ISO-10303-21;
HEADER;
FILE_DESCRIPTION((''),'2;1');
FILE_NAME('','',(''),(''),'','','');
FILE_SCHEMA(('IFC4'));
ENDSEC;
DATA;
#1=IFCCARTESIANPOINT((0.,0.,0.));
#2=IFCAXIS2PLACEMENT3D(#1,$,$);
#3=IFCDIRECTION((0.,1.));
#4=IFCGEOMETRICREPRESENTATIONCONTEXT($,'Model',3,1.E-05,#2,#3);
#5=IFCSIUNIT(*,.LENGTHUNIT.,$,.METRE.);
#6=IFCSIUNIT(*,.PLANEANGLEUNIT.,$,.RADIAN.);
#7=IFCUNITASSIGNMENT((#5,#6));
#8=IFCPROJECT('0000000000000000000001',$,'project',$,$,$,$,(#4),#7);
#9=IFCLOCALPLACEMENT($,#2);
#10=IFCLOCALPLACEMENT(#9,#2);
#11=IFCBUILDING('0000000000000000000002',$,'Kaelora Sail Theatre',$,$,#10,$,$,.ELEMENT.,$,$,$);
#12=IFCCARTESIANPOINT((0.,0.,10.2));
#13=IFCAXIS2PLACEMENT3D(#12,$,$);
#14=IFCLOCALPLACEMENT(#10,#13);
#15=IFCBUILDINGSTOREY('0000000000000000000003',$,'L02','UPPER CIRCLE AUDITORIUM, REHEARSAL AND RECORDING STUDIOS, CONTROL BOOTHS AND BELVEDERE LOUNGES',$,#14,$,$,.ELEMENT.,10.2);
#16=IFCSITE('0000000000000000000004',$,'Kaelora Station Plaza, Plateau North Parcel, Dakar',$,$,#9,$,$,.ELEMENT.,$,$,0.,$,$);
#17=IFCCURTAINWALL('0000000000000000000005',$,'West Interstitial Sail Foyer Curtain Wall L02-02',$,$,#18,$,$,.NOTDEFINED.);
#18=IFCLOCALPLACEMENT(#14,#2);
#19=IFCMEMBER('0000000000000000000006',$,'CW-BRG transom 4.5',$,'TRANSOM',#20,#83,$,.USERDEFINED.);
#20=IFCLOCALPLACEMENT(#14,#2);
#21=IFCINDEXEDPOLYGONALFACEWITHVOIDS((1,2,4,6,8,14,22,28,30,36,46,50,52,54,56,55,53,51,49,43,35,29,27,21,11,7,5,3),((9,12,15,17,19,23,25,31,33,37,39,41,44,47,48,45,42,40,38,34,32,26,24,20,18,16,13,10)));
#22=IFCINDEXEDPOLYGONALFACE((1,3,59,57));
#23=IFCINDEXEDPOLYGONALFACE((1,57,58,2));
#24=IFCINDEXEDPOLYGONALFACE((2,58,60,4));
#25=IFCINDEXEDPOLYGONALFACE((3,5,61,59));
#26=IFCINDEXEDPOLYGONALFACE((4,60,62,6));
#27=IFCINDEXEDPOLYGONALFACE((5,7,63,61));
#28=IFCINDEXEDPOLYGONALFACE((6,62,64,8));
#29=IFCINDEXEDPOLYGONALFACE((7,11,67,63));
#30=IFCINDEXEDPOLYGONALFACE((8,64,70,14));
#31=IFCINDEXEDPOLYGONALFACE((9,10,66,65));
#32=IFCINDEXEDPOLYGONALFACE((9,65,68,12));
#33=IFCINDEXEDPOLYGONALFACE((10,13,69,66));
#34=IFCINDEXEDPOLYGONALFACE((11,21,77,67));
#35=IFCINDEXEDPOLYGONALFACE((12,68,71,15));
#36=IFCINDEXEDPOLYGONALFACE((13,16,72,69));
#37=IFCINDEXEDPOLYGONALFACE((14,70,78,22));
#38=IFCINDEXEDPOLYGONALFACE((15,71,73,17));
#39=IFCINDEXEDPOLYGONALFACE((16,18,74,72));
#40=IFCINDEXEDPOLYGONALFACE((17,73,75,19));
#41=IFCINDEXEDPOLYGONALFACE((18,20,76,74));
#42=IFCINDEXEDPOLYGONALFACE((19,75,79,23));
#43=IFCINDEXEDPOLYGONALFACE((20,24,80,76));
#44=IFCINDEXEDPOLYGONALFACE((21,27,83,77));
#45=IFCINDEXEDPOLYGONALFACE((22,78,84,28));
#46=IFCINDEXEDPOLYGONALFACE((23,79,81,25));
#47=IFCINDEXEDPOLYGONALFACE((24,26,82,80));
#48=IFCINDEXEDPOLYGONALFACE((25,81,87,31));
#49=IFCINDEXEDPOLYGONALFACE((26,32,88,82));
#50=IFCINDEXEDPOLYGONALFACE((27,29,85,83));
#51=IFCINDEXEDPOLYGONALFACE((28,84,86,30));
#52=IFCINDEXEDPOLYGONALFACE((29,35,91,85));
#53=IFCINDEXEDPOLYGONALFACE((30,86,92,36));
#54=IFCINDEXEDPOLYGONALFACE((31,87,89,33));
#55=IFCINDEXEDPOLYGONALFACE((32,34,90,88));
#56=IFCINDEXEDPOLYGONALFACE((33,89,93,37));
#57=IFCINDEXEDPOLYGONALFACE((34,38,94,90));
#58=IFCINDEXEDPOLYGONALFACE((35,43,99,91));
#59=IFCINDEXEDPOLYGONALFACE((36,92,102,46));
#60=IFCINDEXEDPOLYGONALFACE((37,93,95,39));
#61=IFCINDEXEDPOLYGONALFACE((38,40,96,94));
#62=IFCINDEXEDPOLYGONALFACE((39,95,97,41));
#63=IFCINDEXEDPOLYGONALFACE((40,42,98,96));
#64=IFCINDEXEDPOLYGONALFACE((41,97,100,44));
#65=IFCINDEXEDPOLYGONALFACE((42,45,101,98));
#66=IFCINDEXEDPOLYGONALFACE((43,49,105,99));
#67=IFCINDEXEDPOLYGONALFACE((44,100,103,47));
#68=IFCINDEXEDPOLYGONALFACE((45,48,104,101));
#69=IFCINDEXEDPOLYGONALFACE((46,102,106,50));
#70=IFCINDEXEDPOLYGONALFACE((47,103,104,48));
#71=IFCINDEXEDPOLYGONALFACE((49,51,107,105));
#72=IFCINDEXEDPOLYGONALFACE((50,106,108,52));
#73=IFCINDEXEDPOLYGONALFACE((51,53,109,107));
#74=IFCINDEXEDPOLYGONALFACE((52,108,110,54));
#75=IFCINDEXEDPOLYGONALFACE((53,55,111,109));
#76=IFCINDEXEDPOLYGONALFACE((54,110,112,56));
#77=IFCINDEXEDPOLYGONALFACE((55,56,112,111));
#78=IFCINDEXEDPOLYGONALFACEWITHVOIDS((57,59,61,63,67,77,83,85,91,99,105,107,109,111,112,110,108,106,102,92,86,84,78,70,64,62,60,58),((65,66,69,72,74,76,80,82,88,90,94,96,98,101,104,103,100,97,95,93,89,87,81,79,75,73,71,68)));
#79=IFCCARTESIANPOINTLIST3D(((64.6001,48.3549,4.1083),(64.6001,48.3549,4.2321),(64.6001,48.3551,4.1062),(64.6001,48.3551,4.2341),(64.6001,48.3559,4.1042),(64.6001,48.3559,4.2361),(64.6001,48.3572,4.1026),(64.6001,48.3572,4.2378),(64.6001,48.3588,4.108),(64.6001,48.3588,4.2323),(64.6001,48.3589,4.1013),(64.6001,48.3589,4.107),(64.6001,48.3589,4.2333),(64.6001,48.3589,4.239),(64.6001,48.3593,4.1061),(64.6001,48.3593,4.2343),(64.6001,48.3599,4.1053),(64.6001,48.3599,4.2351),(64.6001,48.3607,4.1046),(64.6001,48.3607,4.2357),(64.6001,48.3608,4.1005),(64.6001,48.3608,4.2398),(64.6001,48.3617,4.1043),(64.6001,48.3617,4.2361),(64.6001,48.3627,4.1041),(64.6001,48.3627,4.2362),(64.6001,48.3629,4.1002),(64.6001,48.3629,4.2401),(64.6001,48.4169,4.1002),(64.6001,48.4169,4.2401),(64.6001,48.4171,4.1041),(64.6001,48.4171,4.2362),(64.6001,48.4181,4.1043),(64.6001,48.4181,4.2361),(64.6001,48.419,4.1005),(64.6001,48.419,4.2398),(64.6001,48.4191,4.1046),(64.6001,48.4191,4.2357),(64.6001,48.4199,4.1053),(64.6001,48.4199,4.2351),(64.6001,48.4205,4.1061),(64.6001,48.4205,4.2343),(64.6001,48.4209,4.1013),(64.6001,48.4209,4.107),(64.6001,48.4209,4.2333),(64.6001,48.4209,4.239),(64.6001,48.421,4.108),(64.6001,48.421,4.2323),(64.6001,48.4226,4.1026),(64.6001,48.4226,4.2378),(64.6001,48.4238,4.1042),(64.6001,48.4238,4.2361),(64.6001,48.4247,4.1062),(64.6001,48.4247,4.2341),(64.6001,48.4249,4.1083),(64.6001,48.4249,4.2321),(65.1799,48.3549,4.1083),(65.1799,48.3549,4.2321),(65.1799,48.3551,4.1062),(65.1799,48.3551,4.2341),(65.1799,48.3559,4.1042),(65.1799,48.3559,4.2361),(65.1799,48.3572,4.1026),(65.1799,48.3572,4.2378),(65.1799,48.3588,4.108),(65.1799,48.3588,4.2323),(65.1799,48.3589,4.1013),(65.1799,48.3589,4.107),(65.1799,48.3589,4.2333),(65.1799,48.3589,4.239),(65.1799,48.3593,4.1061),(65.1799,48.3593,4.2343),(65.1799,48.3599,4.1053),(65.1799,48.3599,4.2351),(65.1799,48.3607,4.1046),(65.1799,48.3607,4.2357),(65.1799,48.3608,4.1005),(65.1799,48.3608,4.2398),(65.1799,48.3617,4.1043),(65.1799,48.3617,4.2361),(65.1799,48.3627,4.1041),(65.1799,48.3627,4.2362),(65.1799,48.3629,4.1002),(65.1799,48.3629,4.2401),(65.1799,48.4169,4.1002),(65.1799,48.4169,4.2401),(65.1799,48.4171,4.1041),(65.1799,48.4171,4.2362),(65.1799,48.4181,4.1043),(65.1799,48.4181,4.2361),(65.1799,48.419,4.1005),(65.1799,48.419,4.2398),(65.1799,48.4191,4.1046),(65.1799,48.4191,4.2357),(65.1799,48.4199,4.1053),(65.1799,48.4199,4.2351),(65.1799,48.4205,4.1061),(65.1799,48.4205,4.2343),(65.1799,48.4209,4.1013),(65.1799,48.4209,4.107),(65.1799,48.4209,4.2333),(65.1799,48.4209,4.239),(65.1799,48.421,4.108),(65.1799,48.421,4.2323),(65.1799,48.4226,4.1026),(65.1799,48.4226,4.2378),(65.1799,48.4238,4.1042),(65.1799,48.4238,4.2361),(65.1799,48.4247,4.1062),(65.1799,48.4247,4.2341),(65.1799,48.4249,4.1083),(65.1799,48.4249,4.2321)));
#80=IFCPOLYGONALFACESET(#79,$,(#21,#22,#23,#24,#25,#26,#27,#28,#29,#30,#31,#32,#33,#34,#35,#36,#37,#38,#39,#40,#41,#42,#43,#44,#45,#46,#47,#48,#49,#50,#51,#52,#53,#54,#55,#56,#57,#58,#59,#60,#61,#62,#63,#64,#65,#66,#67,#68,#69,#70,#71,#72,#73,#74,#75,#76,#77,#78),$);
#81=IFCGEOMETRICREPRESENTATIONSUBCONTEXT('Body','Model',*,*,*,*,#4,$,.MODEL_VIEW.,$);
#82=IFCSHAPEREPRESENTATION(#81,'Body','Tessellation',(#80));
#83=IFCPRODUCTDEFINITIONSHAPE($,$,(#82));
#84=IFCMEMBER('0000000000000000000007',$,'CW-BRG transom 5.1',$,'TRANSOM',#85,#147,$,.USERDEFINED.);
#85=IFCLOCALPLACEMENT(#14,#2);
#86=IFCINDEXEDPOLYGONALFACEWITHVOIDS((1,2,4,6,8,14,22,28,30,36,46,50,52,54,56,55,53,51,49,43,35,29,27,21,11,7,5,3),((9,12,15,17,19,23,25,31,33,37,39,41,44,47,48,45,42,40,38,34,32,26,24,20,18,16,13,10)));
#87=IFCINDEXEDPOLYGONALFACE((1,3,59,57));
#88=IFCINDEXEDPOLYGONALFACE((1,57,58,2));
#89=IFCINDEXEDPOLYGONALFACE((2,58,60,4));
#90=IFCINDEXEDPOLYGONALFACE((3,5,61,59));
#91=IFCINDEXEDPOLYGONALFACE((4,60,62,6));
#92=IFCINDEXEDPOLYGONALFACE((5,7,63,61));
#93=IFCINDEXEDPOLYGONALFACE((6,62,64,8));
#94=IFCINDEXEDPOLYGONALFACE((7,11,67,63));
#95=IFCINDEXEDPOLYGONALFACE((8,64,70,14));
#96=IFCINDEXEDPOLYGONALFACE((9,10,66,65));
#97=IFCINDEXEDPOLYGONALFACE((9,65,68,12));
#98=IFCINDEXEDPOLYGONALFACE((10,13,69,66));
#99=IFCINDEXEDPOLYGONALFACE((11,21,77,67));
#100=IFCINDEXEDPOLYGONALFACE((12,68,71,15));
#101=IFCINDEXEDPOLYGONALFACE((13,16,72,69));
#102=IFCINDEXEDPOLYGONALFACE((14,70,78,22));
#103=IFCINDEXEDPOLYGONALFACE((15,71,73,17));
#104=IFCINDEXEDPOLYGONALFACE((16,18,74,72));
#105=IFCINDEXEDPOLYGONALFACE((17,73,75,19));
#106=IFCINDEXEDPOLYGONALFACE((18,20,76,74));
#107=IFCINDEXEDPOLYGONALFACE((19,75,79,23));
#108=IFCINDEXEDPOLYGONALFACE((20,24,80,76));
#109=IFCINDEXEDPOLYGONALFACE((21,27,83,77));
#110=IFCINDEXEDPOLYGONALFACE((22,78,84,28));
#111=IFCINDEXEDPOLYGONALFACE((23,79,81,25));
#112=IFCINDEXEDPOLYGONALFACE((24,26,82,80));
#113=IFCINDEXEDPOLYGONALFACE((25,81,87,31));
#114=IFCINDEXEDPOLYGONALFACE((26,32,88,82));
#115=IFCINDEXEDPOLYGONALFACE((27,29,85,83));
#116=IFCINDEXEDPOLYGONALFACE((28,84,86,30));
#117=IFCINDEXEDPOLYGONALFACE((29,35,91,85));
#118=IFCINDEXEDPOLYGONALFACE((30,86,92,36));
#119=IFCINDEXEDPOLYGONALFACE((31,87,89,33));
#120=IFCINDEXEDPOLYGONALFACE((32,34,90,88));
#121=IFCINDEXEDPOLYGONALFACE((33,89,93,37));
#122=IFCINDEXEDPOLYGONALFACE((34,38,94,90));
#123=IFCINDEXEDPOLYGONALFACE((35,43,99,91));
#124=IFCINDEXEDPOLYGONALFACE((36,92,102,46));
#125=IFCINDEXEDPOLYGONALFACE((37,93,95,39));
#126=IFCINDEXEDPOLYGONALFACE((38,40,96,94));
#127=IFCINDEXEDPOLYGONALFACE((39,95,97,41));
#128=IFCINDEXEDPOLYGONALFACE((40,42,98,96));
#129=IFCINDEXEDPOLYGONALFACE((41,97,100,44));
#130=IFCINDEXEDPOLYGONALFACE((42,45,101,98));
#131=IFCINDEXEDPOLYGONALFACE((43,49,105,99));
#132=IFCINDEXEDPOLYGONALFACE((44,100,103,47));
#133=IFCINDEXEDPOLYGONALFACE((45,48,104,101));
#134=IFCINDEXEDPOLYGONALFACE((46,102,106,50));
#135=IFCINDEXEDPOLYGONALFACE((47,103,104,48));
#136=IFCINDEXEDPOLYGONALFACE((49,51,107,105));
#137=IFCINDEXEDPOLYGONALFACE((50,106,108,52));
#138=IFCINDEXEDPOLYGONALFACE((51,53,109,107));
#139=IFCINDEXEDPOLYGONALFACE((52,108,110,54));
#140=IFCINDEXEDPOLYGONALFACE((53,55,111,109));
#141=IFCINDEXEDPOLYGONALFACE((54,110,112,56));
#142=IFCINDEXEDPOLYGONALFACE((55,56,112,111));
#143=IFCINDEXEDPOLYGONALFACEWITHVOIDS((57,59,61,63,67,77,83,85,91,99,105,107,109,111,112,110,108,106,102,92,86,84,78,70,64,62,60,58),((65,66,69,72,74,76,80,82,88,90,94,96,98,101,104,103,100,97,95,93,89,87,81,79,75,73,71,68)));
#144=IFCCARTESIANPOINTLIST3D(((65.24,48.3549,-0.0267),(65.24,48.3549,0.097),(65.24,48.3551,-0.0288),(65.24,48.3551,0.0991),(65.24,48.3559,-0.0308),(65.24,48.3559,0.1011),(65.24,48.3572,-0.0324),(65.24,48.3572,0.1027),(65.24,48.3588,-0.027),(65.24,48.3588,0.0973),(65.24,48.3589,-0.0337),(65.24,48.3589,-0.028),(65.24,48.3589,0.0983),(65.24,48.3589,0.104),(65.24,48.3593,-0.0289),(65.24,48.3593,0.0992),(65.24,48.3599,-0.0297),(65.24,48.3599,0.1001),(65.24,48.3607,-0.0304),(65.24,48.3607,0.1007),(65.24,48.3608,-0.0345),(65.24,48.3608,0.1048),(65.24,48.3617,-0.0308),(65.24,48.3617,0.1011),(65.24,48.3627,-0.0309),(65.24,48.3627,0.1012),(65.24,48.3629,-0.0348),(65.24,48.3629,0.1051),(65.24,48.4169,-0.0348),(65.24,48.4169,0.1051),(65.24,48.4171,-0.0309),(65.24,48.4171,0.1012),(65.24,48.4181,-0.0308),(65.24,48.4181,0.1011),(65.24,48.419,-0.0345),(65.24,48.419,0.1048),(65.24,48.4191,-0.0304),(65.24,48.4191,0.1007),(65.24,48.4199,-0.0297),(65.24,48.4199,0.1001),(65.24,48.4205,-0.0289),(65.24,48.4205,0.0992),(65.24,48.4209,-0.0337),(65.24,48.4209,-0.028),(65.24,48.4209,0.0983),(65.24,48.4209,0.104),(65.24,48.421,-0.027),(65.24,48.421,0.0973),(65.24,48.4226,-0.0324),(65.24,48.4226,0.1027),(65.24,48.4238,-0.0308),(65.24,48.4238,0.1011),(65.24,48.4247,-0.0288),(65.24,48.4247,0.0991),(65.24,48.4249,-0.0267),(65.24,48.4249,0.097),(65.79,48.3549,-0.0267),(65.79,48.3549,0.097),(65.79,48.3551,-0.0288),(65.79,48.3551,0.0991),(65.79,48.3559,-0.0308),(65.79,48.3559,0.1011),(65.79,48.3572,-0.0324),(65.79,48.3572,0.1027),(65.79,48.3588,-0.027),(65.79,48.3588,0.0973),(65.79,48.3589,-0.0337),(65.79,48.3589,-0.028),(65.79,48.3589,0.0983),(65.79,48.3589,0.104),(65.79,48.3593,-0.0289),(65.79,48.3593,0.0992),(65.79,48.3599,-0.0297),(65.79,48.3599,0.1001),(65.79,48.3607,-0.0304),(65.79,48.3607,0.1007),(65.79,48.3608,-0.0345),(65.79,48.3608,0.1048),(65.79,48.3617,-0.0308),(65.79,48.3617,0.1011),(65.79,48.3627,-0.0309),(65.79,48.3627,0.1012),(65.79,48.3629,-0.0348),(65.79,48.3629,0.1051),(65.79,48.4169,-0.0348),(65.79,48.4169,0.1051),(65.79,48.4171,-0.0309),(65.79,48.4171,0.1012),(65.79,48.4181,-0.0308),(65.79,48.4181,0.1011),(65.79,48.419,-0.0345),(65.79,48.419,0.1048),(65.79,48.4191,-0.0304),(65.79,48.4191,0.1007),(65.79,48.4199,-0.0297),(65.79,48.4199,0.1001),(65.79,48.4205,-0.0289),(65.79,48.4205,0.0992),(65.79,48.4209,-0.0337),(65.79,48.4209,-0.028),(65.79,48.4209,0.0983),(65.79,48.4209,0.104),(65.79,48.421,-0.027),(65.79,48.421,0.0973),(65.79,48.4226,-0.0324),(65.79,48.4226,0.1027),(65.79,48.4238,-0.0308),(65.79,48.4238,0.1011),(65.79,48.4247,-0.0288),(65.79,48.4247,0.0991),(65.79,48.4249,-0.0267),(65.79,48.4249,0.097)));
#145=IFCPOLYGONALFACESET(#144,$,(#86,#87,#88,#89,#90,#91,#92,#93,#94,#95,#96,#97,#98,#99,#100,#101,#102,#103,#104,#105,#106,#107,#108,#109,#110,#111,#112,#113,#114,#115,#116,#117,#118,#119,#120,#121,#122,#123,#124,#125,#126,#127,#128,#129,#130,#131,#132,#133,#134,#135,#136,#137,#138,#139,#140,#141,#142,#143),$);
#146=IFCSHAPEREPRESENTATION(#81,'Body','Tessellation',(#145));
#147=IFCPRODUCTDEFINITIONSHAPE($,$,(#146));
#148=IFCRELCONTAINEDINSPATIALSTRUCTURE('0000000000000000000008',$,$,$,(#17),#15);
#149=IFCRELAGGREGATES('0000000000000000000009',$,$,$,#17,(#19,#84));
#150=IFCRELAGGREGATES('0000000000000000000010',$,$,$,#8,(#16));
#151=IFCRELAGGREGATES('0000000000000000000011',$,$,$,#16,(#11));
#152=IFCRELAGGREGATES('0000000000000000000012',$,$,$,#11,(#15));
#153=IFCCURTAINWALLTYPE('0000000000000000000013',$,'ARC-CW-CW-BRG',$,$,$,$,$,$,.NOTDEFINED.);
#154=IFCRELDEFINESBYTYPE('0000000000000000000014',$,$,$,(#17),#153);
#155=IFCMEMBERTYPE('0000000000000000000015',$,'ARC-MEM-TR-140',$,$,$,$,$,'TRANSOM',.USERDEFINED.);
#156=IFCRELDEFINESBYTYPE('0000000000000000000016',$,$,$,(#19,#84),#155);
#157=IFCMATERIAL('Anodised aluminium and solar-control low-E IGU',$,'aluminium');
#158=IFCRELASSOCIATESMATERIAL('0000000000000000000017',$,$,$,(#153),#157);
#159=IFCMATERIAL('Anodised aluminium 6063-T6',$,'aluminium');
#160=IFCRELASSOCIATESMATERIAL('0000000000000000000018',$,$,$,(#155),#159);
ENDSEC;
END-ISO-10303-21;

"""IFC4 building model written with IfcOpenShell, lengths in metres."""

from ifc_helpers import new_model, si_unit, direction, frame, origin, origin_2d, place, context, subcontext, project, spatial, hollow_rectangle, extrude, material, material_profile, profile_set, type_object, element, aggregate, save


model = new_model("IFC4")

# Units and contexts
model_context = context("Model", 3, precision=1e-05, world=origin(), true_north=direction((0.0, 1.0)))
body_context = subcontext(model_context, "Body", "Model", "MODEL_VIEW")
ifc_project = project(units=[si_unit("LENGTHUNIT", "METRE"), si_unit("PLANEANGLEUNIT", "RADIAN")], contexts=[model_context])

# Site, building, storey
site_placement = place(None, origin())
site = spatial("IfcSite", under=ifc_project, at=site_placement, Name="Kaelora Station Plaza, Plateau North Parcel, Dakar", CompositionType="ELEMENT", RefElevation=0.0)
building_placement = place(site_placement, origin())
building = spatial("IfcBuilding", under=site, at=building_placement, Name="Kaelora Sail Theatre", CompositionType="ELEMENT")
storey_placement = place(building_placement, frame((0.0, 0.0, 10.2)))
storey = spatial("IfcBuildingStorey", under=building, at=storey_placement, Name="L02", Description="UPPER CIRCLE AUDITORIUM, REHEARSAL AND RECORDING STUDIOS, CONTROL BOOTHS AND BELVEDERE LOUNGES", CompositionType="ELEMENT", Elevation=10.2)

# Curtain wall, members
ifc_material_1 = material(Name="Anodised aluminium and solar-control low-E IGU", Category="aluminium")
curtain_wall_type = type_object("IfcCurtainWallType", Name="ARC-CW-CW-BRG", PredefinedType="NOTDEFINED", material=ifc_material_1)
curtain_wall_placement = place(storey_placement, origin())
curtain_wall = element("IfcCurtainWall", 1, at=curtain_wall_placement, inside=storey, type_object=curtain_wall_type, Name="West Interstitial Sail Foyer Curtain Wall L02-02", PredefinedType="NOTDEFINED")
ifc_material_2 = material(Name="Anodised aluminium 6063-T6", Category="aluminium")
ifc_material_profile_1 = material_profile(ifc_material_2, hollow_rectangle(XDim=0.0701, YDim=0.1399, WallThickness=0.0039, InnerFilletRadius=0.0039, OuterFilletRadius=0.0081, at=origin_2d()), Name="ALU-TRAN 70x140x4")
ifc_profile_set_1 = profile_set([ifc_material_profile_1], Name="Anodised aluminium 6063-T6")
member_type_1 = type_object("IfcMemberType", Name="ARC-MEM-TR-140", ElementType="TRANSOM", PredefinedType="USERDEFINED", material=ifc_profile_set_1)
member_1_placement = place(storey_placement, frame((64.6001, 48.3899, 4.1702), z_axis=(1.0, 0.0, 0.0), x_axis=(0.0, 1.0, 0.0)))
member_1 = element("IfcMember", 2, at=member_1_placement, type_object=member_type_1, Name="CW-BRG transom 4.5", ObjectType="TRANSOM", PredefinedType="USERDEFINED", context=body_context, shape_type="SweptSolid", body=[
    extrude(hollow_rectangle(XDim=0.0701, YDim=0.1399, WallThickness=0.0039, InnerFilletRadius=0.0039, OuterFilletRadius=0.0081, at=origin_2d()), origin(), (0.0, 0.0, 1.0), 0.5798),
])
member_2_placement = place(storey_placement, frame((65.24, 48.3899, 0.0352), z_axis=(1.0, 0.0, 0.0), x_axis=(0.0, 1.0, 0.0)))
member_2 = element("IfcMember", 3, at=member_2_placement, type_object=member_type_1, Name="CW-BRG transom 5.1", ObjectType="TRANSOM", PredefinedType="USERDEFINED", context=body_context, shape_type="SweptSolid", body=[
    extrude(hollow_rectangle(XDim=0.0701, YDim=0.1399, WallThickness=0.0039, InnerFilletRadius=0.0039, OuterFilletRadius=0.0081, at=origin_2d()), origin(), (0.0, 0.0, 1.0), 0.55),
])

aggregate(curtain_wall, [member_1, member_2])

save(model, "model.ifc")
